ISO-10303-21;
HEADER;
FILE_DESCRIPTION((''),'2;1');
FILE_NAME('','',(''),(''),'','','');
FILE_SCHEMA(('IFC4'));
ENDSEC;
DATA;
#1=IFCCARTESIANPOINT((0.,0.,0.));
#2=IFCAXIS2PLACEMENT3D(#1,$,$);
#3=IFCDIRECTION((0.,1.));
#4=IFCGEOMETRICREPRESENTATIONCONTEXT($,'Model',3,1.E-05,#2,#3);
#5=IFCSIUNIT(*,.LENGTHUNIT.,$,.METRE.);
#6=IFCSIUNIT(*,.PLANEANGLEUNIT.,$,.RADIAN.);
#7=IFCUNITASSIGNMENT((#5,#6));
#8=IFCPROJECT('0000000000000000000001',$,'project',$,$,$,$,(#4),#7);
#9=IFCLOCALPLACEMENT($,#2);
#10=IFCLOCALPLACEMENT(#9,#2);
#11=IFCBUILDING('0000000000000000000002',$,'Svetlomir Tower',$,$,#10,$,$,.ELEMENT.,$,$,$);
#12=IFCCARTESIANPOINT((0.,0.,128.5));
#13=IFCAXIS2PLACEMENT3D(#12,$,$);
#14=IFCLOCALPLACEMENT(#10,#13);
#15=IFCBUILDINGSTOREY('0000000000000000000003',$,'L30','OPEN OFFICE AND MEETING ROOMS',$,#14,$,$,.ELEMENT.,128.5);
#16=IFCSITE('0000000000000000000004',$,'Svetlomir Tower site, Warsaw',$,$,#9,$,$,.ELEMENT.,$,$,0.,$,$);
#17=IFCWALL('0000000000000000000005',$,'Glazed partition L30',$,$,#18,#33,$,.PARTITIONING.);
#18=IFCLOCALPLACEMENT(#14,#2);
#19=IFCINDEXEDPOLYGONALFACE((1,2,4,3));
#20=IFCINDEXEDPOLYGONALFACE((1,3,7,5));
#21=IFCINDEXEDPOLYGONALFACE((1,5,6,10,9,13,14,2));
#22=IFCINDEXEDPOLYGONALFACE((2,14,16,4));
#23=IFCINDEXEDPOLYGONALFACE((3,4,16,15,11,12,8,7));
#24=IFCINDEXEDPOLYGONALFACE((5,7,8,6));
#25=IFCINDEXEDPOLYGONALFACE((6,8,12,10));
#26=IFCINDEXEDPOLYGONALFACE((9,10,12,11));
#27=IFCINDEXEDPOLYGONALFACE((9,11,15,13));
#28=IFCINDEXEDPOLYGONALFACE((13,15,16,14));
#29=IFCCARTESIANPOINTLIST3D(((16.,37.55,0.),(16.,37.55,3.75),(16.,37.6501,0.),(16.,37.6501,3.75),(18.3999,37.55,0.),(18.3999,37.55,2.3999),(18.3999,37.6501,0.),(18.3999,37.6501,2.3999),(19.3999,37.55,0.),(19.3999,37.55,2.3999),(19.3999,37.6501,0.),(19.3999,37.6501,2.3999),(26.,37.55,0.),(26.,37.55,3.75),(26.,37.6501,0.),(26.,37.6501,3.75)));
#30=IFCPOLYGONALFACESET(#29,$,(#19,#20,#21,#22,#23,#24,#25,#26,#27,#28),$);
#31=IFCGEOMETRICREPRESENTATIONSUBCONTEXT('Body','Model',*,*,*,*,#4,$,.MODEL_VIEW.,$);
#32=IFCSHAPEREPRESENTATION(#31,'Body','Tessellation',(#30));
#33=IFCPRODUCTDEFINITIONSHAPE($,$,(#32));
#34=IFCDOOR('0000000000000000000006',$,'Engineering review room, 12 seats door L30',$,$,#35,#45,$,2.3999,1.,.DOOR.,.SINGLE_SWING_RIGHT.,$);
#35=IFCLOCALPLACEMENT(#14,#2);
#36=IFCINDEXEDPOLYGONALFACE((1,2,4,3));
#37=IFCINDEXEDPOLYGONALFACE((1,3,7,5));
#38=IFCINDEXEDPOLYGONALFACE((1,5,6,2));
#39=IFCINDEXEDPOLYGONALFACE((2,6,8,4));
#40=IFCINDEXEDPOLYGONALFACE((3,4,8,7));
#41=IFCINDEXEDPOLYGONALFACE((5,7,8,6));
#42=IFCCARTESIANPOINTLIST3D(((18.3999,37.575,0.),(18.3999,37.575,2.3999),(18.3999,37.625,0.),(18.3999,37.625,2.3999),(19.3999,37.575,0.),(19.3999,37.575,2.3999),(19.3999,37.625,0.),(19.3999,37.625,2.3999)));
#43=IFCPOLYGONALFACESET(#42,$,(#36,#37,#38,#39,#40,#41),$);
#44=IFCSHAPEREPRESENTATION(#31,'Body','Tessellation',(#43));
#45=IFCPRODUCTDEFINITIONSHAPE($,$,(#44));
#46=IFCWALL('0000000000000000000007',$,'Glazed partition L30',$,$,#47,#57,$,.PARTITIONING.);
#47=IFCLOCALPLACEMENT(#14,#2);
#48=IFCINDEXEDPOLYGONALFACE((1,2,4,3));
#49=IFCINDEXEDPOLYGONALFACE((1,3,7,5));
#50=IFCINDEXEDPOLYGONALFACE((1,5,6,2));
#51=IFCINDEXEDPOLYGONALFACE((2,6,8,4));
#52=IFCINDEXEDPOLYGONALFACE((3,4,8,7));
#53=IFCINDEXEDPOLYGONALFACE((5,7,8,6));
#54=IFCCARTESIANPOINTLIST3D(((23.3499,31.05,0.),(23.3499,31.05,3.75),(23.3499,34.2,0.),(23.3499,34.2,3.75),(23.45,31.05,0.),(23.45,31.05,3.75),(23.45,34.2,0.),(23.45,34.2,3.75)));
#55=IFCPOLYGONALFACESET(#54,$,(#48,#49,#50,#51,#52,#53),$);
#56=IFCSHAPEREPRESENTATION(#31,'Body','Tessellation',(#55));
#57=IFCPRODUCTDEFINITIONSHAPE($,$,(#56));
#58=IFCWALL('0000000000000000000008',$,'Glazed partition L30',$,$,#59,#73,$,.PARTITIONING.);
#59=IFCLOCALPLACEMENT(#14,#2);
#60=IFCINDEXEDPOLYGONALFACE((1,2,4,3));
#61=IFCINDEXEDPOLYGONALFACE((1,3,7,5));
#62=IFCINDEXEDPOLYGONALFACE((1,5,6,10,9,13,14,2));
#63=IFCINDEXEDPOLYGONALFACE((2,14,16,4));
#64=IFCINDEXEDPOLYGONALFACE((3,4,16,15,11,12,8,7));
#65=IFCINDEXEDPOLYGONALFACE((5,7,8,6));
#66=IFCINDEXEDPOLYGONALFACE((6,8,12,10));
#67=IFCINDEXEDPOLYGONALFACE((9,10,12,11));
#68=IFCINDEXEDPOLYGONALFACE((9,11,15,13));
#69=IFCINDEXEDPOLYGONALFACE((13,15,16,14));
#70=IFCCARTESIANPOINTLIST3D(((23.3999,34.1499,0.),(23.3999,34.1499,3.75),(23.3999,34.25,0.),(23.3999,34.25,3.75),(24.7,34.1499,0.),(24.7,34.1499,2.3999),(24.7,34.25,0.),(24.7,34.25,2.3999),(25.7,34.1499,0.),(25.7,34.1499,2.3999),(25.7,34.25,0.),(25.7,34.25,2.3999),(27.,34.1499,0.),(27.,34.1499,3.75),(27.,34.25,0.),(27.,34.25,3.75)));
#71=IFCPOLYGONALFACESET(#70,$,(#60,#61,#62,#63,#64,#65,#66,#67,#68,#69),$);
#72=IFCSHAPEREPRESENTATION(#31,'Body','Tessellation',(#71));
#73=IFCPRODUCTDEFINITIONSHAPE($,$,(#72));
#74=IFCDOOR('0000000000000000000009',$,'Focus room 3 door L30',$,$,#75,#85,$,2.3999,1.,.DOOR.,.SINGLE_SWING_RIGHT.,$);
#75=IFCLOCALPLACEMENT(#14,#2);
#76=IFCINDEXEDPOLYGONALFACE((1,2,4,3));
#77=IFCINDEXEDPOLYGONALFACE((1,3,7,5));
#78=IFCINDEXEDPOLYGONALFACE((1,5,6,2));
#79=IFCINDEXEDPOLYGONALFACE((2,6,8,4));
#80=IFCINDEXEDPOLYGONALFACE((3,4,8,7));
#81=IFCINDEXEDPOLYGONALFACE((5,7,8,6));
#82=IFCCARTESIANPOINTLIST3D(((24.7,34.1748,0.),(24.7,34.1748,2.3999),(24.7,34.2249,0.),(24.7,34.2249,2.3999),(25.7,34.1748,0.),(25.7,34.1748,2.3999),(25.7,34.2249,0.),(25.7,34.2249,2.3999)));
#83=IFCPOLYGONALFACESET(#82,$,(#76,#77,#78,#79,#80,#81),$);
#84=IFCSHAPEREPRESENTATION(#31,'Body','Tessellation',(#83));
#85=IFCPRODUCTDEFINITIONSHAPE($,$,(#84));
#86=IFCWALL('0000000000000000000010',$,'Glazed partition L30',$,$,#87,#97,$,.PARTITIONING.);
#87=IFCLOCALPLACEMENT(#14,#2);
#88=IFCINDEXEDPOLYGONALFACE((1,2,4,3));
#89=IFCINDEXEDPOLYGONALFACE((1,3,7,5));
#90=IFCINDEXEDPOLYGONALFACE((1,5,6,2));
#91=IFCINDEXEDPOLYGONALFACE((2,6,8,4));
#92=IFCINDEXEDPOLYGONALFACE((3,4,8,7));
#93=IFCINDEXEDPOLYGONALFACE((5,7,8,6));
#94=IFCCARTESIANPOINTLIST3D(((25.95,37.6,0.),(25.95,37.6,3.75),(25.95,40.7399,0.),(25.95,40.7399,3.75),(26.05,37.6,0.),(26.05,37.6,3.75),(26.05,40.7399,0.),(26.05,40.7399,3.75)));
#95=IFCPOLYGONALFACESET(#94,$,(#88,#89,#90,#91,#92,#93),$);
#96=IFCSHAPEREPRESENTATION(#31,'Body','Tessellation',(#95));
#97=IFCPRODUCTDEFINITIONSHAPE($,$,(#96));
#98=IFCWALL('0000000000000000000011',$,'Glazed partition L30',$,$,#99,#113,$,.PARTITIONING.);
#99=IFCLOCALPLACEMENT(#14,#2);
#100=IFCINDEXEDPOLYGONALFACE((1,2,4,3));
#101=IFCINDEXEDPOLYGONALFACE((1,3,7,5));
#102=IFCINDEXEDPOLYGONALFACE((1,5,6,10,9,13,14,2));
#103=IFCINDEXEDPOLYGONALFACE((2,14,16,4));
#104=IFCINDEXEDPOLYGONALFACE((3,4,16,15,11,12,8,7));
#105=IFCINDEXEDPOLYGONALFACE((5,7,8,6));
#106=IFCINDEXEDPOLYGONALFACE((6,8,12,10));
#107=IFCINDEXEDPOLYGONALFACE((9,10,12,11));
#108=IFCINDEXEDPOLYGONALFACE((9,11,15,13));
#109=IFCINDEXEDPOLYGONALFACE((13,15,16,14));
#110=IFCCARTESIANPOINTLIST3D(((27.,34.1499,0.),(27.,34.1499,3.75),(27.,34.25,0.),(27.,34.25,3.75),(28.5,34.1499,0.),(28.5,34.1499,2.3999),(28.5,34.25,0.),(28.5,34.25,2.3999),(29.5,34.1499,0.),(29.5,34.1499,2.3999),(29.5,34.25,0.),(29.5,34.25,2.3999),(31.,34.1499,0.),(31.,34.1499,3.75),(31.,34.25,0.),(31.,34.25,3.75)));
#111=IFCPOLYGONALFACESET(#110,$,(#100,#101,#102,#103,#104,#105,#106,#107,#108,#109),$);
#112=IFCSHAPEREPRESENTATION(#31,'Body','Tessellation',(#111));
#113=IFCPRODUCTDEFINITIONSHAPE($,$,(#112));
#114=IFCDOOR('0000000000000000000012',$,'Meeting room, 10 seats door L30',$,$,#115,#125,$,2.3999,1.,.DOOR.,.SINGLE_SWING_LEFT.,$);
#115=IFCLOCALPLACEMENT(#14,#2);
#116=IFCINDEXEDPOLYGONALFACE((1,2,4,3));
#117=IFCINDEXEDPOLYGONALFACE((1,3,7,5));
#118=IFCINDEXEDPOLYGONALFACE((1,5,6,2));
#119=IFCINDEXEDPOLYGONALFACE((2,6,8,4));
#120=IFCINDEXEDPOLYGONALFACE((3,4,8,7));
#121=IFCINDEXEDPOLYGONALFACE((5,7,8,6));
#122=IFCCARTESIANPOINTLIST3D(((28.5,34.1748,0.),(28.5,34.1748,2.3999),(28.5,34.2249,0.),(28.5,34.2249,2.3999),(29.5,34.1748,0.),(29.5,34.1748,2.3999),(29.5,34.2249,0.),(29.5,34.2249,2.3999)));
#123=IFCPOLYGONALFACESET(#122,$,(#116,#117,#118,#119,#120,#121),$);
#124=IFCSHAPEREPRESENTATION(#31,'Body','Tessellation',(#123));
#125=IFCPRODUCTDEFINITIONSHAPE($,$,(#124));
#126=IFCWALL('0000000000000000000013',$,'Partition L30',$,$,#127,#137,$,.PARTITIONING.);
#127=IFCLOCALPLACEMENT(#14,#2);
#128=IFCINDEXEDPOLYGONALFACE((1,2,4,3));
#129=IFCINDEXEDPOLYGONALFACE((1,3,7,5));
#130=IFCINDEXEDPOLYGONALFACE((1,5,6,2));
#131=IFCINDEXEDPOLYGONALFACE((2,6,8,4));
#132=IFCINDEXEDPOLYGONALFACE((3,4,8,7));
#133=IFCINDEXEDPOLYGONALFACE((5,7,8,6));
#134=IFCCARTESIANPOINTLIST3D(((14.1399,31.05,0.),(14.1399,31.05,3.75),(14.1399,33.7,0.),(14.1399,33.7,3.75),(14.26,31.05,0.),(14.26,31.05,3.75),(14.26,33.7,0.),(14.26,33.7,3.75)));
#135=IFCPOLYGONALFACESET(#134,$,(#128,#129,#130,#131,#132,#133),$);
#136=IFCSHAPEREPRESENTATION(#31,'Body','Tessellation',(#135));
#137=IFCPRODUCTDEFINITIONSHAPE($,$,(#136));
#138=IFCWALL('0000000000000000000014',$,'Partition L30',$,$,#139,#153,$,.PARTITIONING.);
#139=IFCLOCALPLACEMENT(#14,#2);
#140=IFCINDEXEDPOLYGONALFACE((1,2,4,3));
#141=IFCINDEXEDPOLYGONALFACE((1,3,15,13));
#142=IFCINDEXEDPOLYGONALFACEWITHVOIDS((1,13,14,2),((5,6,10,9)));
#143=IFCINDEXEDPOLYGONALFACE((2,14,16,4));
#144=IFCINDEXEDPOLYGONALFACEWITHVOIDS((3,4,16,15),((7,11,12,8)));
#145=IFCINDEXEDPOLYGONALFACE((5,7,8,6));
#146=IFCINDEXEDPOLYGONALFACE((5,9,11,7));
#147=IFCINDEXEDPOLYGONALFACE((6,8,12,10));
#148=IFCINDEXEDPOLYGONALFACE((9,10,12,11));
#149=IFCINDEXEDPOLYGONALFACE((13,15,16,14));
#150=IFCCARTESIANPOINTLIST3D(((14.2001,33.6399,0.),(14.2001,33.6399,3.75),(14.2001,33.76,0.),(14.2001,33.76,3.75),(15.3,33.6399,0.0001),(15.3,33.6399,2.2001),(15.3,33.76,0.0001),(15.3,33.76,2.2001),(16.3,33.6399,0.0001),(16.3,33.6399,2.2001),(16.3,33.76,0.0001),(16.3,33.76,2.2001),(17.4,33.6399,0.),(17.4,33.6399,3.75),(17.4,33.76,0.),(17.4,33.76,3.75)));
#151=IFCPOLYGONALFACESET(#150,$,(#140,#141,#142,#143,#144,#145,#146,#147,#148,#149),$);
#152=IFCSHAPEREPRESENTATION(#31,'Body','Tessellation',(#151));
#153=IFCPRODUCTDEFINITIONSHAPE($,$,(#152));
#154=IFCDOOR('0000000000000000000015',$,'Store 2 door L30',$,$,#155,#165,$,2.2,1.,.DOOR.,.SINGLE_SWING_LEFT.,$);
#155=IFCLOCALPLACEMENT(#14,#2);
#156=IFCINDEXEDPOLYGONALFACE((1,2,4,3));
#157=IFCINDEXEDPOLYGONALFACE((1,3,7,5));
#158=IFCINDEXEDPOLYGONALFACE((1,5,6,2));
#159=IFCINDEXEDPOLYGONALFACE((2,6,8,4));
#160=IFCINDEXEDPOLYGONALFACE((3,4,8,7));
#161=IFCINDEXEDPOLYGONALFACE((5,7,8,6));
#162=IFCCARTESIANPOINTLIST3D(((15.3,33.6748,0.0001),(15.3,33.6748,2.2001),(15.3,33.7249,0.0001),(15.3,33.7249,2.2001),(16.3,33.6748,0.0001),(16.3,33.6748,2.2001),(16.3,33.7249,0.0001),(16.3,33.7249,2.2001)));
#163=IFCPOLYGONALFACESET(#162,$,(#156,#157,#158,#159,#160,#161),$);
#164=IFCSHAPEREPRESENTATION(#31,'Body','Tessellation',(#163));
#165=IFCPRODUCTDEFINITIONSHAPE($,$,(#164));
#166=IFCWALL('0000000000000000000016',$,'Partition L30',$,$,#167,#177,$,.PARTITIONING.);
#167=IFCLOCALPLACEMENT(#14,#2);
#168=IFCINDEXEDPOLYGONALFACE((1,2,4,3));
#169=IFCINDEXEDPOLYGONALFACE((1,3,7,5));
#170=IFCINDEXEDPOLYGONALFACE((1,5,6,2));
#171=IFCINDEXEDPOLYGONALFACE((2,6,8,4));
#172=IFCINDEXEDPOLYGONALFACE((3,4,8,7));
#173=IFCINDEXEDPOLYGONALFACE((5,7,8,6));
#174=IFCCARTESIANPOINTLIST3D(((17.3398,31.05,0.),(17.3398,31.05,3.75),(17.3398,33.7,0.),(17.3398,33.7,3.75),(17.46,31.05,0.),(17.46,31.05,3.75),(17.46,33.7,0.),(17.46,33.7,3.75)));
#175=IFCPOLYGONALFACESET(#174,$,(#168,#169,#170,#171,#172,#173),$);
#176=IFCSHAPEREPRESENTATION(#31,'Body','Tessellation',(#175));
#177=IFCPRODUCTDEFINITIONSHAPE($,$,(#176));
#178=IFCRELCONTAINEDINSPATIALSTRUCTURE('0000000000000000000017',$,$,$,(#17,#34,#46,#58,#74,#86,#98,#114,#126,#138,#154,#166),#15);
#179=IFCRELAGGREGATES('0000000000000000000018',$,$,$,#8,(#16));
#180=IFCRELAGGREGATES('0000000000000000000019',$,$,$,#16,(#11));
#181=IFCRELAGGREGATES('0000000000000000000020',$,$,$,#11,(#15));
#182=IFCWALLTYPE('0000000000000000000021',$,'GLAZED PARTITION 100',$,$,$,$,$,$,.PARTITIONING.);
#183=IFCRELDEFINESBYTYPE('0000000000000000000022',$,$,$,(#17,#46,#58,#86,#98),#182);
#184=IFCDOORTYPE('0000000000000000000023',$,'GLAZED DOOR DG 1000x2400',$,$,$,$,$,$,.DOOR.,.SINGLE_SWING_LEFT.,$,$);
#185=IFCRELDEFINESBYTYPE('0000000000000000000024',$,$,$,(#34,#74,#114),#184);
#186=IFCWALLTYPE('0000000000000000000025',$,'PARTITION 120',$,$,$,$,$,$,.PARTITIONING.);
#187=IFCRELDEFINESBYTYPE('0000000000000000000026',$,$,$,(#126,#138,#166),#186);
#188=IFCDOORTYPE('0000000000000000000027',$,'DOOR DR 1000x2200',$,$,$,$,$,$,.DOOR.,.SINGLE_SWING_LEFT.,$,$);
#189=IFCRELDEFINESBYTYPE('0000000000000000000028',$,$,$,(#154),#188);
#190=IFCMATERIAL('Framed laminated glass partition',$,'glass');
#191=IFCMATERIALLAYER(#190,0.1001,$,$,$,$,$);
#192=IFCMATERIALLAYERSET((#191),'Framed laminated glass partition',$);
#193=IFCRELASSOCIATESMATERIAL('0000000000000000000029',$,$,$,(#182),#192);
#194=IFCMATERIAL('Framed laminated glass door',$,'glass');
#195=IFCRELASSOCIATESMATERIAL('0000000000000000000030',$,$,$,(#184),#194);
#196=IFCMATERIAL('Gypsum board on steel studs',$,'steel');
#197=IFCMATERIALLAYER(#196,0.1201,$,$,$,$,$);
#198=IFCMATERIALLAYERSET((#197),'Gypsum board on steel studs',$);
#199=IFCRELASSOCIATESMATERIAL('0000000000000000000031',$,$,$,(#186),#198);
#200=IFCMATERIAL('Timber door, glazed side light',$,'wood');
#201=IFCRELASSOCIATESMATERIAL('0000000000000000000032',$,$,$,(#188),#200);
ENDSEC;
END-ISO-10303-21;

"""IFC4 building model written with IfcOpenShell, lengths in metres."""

from ifc_helpers import new_model, si_unit, direction, frame, frame_2d, origin, place, context, subcontext, project, spatial, rectangle, extrude, material, layer, layer_set, type_object, element, fill, save


model = new_model("IFC4")

# Units and contexts
model_context = context("Model", 3, precision=1e-05, world=origin(), true_north=direction((0.0, 1.0)))
body_context = subcontext(model_context, "Body", "Model", "MODEL_VIEW")
ifc_project = project(units=[si_unit("LENGTHUNIT", "METRE"), si_unit("PLANEANGLEUNIT", "RADIAN")], contexts=[model_context])

# Site, building, storey
site_placement = place(None, origin())
site = spatial("IfcSite", under=ifc_project, at=site_placement, Name="Svetlomir Tower site, Warsaw", CompositionType="ELEMENT", RefElevation=0.0)
building_placement = place(site_placement, origin())
building = spatial("IfcBuilding", under=site, at=building_placement, Name="Svetlomir Tower", CompositionType="ELEMENT")
storey_placement = place(building_placement, frame((0.0, 0.0, 128.5)))
storey = spatial("IfcBuildingStorey", under=building, at=storey_placement, Name="L30", Description="OPEN OFFICE AND MEETING ROOMS", CompositionType="ELEMENT", Elevation=128.5)

# Shared definitions
ifc_material_1 = material(Name="Framed laminated glass partition", Category="glass")
ifc_layer_1 = layer(ifc_material_1, 0.1001)
ifc_layer_set_1 = layer_set([ifc_layer_1], Name="Framed laminated glass partition")
wall_type_1 = type_object("IfcWallType", Name="GLAZED PARTITION 100", PredefinedType="PARTITIONING", material=ifc_layer_set_1)

# Wall, opening, door
wall_1_placement = place(storey_placement, frame((16.0, 37.6001, 0.0), z_axis=(0.0, 0.0, 1.0), x_axis=(1.0, 0.0, 0.0)))
wall_1 = element("IfcWall", 1, at=wall_1_placement, inside=storey, type_object=wall_type_1, Name="Glazed partition L30", PredefinedType="PARTITIONING", context=body_context, shape_type="SweptSolid", body=[
    extrude(rectangle(XDim=10.0, YDim=0.1001, at=frame_2d((5.0, 0.0))), origin(), (0.0, 0.0, 1.0), 3.75),
])
opening_1_placement = place(wall_1_placement, frame((2.3999, 0.0, 0.0)))
opening_1 = element("IfcOpeningElement", 2, at=opening_1_placement, cuts=wall_1, PredefinedType="OPENING", context=body_context, shape_type="SweptSolid", body=[
    extrude(rectangle(XDim=1.0, YDim=2.3999, at=frame_2d((0.5, 1.2))), frame((0.0, 0.0601, 0.0), z_axis=(0.0, -1.0, 0.0), x_axis=(1.0, 0.0, 0.0)), (0.0, 0.0, 1.0), 0.1201),
])
ifc_material_2 = material(Name="Framed laminated glass door", Category="glass")
door_type_1 = type_object("IfcDoorType", Name="GLAZED DOOR DG 1000x2400", OperationType="SINGLE_SWING_LEFT", PredefinedType="DOOR", material=ifc_material_2)
door_1_placement = place(opening_1_placement, origin())
door_1 = element("IfcDoor", 3, at=door_1_placement, inside=storey, type_object=door_type_1, Name="Engineering review room, 12 seats door L30", OperationType="SINGLE_SWING_RIGHT", OverallHeight=2.3999, OverallWidth=1.0, PredefinedType="DOOR", context=body_context, shape_type="SweptSolid", body=[
    extrude(rectangle(XDim=1.0, YDim=2.3999, at=frame_2d((0.5, 1.2))), frame((0.0, 0.0249, 0.0), z_axis=(0.0, -1.0, 0.0), x_axis=(1.0, 0.0, 0.0)), (0.0, 0.0, 1.0), 0.05),
])
fill(opening_1, door_1)

# Wall
wall_2_placement = place(storey_placement, frame((23.3999, 31.05, 0.0), z_axis=(0.0, 0.0, 1.0), x_axis=(0.0, 1.0, 0.0)))
element("IfcWall", 4, at=wall_2_placement, inside=storey, type_object=wall_type_1, Name="Glazed partition L30", PredefinedType="PARTITIONING", context=body_context, shape_type="SweptSolid", body=[
    extrude(rectangle(XDim=3.1499, YDim=0.1001, at=frame_2d((1.575, 0.0))), origin(), (0.0, 0.0, 1.0), 3.75),
])

# Wall, opening, door
wall_3_placement = place(storey_placement, frame((23.3999, 34.2, 0.0), z_axis=(0.0, 0.0, 1.0), x_axis=(1.0, 0.0, 0.0)))
wall_3 = element("IfcWall", 5, at=wall_3_placement, inside=storey, type_object=wall_type_1, Name="Glazed partition L30", PredefinedType="PARTITIONING", context=body_context, shape_type="SweptSolid", body=[
    extrude(rectangle(XDim=3.6001, YDim=0.1001, at=frame_2d((1.8, 0.0))), origin(), (0.0, 0.0, 1.0), 3.75),
])
opening_2_placement = place(wall_3_placement, frame((1.3, 0.0, 0.0)))
opening_2 = element("IfcOpeningElement", 6, at=opening_2_placement, cuts=wall_3, PredefinedType="OPENING", context=body_context, shape_type="SweptSolid", body=[
    extrude(rectangle(XDim=1.0, YDim=2.3999, at=frame_2d((0.5, 1.2))), frame((0.0, 0.0601, 0.0), z_axis=(0.0, -1.0, 0.0), x_axis=(1.0, 0.0, 0.0)), (0.0, 0.0, 1.0), 0.1201),
])
door_2_placement = place(opening_2_placement, origin())
door_2 = element("IfcDoor", 7, at=door_2_placement, inside=storey, type_object=door_type_1, Name="Focus room 3 door L30", OperationType="SINGLE_SWING_RIGHT", OverallHeight=2.3999, OverallWidth=1.0, PredefinedType="DOOR", context=body_context, shape_type="SweptSolid", body=[
    extrude(rectangle(XDim=1.0, YDim=2.3999, at=frame_2d((0.5, 1.2))), frame((0.0, 0.0249, 0.0), z_axis=(0.0, -1.0, 0.0), x_axis=(1.0, 0.0, 0.0)), (0.0, 0.0, 1.0), 0.05),
])
fill(opening_2, door_2)

# Wall
wall_4_placement = place(storey_placement, frame((26.0, 37.6001, 0.0), z_axis=(0.0, 0.0, 1.0), x_axis=(0.0, 1.0, 0.0)))
element("IfcWall", 8, at=wall_4_placement, inside=storey, type_object=wall_type_1, Name="Glazed partition L30", PredefinedType="PARTITIONING", context=body_context, shape_type="SweptSolid", body=[
    extrude(rectangle(XDim=3.1399, YDim=0.1001, at=frame_2d((1.5698, 0.0))), origin(), (0.0, 0.0, 1.0), 3.75),
])

# Wall, opening, door
wall_5_placement = place(storey_placement, frame((27.0, 34.2, 0.0), z_axis=(0.0, 0.0, 1.0), x_axis=(1.0, 0.0, 0.0)))
wall_5 = element("IfcWall", 9, at=wall_5_placement, inside=storey, type_object=wall_type_1, Name="Glazed partition L30", PredefinedType="PARTITIONING", context=body_context, shape_type="SweptSolid", body=[
    extrude(rectangle(XDim=4.0, YDim=0.1001, at=frame_2d((2.0, 0.0))), origin(), (0.0, 0.0, 1.0), 3.75),
])
opening_3_placement = place(wall_5_placement, frame((1.5, 0.0, 0.0)))
opening_3 = element("IfcOpeningElement", 10, at=opening_3_placement, cuts=wall_5, PredefinedType="OPENING", context=body_context, shape_type="SweptSolid", body=[
    extrude(rectangle(XDim=1.0, YDim=2.3999, at=frame_2d((0.5, 1.2))), frame((0.0, 0.0601, 0.0), z_axis=(0.0, -1.0, 0.0), x_axis=(1.0, 0.0, 0.0)), (0.0, 0.0, 1.0), 0.1201),
])
door_3_placement = place(opening_3_placement, origin())
door_3 = element("IfcDoor", 11, at=door_3_placement, inside=storey, type_object=door_type_1, Name="Meeting room, 10 seats door L30", OperationType="SINGLE_SWING_LEFT", OverallHeight=2.3999, OverallWidth=1.0, PredefinedType="DOOR", context=body_context, shape_type="SweptSolid", body=[
    extrude(rectangle(XDim=1.0, YDim=2.3999, at=frame_2d((0.5, 1.2))), frame((0.0, 0.0249, 0.0), z_axis=(0.0, -1.0, 0.0), x_axis=(1.0, 0.0, 0.0)), (0.0, 0.0, 1.0), 0.05),
])
fill(opening_3, door_3)

# Wall
ifc_material_3 = material(Name="Gypsum board on steel studs", Category="steel")
ifc_layer_2 = layer(ifc_material_3, 0.1201)
ifc_layer_set_2 = layer_set([ifc_layer_2], Name="Gypsum board on steel studs")
wall_type_2 = type_object("IfcWallType", Name="PARTITION 120", PredefinedType="PARTITIONING", material=ifc_layer_set_2)
wall_6_placement = place(storey_placement, frame((14.2, 31.05, 0.0), z_axis=(0.0, 0.0, 1.0), x_axis=(0.0, 1.0, 0.0)))
element("IfcWall", 12, at=wall_6_placement, inside=storey, type_object=wall_type_2, Name="Partition L30", PredefinedType="PARTITIONING", context=body_context, shape_type="SweptSolid", body=[
    extrude(rectangle(XDim=2.6499, YDim=0.1201, at=frame_2d((1.325, 0.0))), origin(), (0.0, 0.0, 1.0), 3.75),
])

# Wall, opening, door
wall_7_placement = place(storey_placement, frame((14.2, 33.7, 0.0), z_axis=(0.0, 0.0, 1.0), x_axis=(1.0, 0.0, 0.0)))
wall_7 = element("IfcWall", 13, at=wall_7_placement, inside=storey, type_object=wall_type_2, Name="Partition L30", PredefinedType="PARTITIONING", context=body_context, shape_type="SweptSolid", body=[
    extrude(rectangle(XDim=3.2, YDim=0.1201, at=frame_2d((1.6001, 0.0))), origin(), (0.0, 0.0, 1.0), 3.75),
])
opening_4_placement = place(wall_7_placement, frame((1.1001, 0.0, 0.0)))
opening_4 = element("IfcOpeningElement", 14, at=opening_4_placement, cuts=wall_7, PredefinedType="OPENING", context=body_context, shape_type="SweptSolid", body=[
    extrude(rectangle(XDim=1.0, YDim=2.2, at=frame_2d((0.5, 1.1001))), frame((0.0, 0.0701, 0.0), z_axis=(0.0, -1.0, 0.0), x_axis=(1.0, 0.0, 0.0)), (0.0, 0.0, 1.0), 0.1401),
])
ifc_material_4 = material(Name="Timber door, glazed side light", Category="wood")
door_type_2 = type_object("IfcDoorType", Name="DOOR DR 1000x2200", OperationType="SINGLE_SWING_LEFT", PredefinedType="DOOR", material=ifc_material_4)
door_4_placement = place(opening_4_placement, origin())
door_4 = element("IfcDoor", 15, at=door_4_placement, inside=storey, type_object=door_type_2, Name="Store 2 door L30", OperationType="SINGLE_SWING_LEFT", OverallHeight=2.2, OverallWidth=1.0, PredefinedType="DOOR", context=body_context, shape_type="SweptSolid", body=[
    extrude(rectangle(XDim=1.0, YDim=2.2, at=frame_2d((0.5, 1.1001))), frame((0.0, 0.0249, 0.0), z_axis=(0.0, -1.0, 0.0), x_axis=(1.0, 0.0, 0.0)), (0.0, 0.0, 1.0), 0.05),
])
fill(opening_4, door_4)

# Wall
wall_8_placement = place(storey_placement, frame((17.3999, 31.05, 0.0), z_axis=(0.0, 0.0, 1.0), x_axis=(0.0, 1.0, 0.0)))
element("IfcWall", 16, at=wall_8_placement, inside=storey, type_object=wall_type_2, Name="Partition L30", PredefinedType="PARTITIONING", context=body_context, shape_type="SweptSolid", body=[
    extrude(rectangle(XDim=2.6499, YDim=0.1201, at=frame_2d((1.325, 0.0))), origin(), (0.0, 0.0, 1.0), 3.75),
])

save(model, "model.ifc")
